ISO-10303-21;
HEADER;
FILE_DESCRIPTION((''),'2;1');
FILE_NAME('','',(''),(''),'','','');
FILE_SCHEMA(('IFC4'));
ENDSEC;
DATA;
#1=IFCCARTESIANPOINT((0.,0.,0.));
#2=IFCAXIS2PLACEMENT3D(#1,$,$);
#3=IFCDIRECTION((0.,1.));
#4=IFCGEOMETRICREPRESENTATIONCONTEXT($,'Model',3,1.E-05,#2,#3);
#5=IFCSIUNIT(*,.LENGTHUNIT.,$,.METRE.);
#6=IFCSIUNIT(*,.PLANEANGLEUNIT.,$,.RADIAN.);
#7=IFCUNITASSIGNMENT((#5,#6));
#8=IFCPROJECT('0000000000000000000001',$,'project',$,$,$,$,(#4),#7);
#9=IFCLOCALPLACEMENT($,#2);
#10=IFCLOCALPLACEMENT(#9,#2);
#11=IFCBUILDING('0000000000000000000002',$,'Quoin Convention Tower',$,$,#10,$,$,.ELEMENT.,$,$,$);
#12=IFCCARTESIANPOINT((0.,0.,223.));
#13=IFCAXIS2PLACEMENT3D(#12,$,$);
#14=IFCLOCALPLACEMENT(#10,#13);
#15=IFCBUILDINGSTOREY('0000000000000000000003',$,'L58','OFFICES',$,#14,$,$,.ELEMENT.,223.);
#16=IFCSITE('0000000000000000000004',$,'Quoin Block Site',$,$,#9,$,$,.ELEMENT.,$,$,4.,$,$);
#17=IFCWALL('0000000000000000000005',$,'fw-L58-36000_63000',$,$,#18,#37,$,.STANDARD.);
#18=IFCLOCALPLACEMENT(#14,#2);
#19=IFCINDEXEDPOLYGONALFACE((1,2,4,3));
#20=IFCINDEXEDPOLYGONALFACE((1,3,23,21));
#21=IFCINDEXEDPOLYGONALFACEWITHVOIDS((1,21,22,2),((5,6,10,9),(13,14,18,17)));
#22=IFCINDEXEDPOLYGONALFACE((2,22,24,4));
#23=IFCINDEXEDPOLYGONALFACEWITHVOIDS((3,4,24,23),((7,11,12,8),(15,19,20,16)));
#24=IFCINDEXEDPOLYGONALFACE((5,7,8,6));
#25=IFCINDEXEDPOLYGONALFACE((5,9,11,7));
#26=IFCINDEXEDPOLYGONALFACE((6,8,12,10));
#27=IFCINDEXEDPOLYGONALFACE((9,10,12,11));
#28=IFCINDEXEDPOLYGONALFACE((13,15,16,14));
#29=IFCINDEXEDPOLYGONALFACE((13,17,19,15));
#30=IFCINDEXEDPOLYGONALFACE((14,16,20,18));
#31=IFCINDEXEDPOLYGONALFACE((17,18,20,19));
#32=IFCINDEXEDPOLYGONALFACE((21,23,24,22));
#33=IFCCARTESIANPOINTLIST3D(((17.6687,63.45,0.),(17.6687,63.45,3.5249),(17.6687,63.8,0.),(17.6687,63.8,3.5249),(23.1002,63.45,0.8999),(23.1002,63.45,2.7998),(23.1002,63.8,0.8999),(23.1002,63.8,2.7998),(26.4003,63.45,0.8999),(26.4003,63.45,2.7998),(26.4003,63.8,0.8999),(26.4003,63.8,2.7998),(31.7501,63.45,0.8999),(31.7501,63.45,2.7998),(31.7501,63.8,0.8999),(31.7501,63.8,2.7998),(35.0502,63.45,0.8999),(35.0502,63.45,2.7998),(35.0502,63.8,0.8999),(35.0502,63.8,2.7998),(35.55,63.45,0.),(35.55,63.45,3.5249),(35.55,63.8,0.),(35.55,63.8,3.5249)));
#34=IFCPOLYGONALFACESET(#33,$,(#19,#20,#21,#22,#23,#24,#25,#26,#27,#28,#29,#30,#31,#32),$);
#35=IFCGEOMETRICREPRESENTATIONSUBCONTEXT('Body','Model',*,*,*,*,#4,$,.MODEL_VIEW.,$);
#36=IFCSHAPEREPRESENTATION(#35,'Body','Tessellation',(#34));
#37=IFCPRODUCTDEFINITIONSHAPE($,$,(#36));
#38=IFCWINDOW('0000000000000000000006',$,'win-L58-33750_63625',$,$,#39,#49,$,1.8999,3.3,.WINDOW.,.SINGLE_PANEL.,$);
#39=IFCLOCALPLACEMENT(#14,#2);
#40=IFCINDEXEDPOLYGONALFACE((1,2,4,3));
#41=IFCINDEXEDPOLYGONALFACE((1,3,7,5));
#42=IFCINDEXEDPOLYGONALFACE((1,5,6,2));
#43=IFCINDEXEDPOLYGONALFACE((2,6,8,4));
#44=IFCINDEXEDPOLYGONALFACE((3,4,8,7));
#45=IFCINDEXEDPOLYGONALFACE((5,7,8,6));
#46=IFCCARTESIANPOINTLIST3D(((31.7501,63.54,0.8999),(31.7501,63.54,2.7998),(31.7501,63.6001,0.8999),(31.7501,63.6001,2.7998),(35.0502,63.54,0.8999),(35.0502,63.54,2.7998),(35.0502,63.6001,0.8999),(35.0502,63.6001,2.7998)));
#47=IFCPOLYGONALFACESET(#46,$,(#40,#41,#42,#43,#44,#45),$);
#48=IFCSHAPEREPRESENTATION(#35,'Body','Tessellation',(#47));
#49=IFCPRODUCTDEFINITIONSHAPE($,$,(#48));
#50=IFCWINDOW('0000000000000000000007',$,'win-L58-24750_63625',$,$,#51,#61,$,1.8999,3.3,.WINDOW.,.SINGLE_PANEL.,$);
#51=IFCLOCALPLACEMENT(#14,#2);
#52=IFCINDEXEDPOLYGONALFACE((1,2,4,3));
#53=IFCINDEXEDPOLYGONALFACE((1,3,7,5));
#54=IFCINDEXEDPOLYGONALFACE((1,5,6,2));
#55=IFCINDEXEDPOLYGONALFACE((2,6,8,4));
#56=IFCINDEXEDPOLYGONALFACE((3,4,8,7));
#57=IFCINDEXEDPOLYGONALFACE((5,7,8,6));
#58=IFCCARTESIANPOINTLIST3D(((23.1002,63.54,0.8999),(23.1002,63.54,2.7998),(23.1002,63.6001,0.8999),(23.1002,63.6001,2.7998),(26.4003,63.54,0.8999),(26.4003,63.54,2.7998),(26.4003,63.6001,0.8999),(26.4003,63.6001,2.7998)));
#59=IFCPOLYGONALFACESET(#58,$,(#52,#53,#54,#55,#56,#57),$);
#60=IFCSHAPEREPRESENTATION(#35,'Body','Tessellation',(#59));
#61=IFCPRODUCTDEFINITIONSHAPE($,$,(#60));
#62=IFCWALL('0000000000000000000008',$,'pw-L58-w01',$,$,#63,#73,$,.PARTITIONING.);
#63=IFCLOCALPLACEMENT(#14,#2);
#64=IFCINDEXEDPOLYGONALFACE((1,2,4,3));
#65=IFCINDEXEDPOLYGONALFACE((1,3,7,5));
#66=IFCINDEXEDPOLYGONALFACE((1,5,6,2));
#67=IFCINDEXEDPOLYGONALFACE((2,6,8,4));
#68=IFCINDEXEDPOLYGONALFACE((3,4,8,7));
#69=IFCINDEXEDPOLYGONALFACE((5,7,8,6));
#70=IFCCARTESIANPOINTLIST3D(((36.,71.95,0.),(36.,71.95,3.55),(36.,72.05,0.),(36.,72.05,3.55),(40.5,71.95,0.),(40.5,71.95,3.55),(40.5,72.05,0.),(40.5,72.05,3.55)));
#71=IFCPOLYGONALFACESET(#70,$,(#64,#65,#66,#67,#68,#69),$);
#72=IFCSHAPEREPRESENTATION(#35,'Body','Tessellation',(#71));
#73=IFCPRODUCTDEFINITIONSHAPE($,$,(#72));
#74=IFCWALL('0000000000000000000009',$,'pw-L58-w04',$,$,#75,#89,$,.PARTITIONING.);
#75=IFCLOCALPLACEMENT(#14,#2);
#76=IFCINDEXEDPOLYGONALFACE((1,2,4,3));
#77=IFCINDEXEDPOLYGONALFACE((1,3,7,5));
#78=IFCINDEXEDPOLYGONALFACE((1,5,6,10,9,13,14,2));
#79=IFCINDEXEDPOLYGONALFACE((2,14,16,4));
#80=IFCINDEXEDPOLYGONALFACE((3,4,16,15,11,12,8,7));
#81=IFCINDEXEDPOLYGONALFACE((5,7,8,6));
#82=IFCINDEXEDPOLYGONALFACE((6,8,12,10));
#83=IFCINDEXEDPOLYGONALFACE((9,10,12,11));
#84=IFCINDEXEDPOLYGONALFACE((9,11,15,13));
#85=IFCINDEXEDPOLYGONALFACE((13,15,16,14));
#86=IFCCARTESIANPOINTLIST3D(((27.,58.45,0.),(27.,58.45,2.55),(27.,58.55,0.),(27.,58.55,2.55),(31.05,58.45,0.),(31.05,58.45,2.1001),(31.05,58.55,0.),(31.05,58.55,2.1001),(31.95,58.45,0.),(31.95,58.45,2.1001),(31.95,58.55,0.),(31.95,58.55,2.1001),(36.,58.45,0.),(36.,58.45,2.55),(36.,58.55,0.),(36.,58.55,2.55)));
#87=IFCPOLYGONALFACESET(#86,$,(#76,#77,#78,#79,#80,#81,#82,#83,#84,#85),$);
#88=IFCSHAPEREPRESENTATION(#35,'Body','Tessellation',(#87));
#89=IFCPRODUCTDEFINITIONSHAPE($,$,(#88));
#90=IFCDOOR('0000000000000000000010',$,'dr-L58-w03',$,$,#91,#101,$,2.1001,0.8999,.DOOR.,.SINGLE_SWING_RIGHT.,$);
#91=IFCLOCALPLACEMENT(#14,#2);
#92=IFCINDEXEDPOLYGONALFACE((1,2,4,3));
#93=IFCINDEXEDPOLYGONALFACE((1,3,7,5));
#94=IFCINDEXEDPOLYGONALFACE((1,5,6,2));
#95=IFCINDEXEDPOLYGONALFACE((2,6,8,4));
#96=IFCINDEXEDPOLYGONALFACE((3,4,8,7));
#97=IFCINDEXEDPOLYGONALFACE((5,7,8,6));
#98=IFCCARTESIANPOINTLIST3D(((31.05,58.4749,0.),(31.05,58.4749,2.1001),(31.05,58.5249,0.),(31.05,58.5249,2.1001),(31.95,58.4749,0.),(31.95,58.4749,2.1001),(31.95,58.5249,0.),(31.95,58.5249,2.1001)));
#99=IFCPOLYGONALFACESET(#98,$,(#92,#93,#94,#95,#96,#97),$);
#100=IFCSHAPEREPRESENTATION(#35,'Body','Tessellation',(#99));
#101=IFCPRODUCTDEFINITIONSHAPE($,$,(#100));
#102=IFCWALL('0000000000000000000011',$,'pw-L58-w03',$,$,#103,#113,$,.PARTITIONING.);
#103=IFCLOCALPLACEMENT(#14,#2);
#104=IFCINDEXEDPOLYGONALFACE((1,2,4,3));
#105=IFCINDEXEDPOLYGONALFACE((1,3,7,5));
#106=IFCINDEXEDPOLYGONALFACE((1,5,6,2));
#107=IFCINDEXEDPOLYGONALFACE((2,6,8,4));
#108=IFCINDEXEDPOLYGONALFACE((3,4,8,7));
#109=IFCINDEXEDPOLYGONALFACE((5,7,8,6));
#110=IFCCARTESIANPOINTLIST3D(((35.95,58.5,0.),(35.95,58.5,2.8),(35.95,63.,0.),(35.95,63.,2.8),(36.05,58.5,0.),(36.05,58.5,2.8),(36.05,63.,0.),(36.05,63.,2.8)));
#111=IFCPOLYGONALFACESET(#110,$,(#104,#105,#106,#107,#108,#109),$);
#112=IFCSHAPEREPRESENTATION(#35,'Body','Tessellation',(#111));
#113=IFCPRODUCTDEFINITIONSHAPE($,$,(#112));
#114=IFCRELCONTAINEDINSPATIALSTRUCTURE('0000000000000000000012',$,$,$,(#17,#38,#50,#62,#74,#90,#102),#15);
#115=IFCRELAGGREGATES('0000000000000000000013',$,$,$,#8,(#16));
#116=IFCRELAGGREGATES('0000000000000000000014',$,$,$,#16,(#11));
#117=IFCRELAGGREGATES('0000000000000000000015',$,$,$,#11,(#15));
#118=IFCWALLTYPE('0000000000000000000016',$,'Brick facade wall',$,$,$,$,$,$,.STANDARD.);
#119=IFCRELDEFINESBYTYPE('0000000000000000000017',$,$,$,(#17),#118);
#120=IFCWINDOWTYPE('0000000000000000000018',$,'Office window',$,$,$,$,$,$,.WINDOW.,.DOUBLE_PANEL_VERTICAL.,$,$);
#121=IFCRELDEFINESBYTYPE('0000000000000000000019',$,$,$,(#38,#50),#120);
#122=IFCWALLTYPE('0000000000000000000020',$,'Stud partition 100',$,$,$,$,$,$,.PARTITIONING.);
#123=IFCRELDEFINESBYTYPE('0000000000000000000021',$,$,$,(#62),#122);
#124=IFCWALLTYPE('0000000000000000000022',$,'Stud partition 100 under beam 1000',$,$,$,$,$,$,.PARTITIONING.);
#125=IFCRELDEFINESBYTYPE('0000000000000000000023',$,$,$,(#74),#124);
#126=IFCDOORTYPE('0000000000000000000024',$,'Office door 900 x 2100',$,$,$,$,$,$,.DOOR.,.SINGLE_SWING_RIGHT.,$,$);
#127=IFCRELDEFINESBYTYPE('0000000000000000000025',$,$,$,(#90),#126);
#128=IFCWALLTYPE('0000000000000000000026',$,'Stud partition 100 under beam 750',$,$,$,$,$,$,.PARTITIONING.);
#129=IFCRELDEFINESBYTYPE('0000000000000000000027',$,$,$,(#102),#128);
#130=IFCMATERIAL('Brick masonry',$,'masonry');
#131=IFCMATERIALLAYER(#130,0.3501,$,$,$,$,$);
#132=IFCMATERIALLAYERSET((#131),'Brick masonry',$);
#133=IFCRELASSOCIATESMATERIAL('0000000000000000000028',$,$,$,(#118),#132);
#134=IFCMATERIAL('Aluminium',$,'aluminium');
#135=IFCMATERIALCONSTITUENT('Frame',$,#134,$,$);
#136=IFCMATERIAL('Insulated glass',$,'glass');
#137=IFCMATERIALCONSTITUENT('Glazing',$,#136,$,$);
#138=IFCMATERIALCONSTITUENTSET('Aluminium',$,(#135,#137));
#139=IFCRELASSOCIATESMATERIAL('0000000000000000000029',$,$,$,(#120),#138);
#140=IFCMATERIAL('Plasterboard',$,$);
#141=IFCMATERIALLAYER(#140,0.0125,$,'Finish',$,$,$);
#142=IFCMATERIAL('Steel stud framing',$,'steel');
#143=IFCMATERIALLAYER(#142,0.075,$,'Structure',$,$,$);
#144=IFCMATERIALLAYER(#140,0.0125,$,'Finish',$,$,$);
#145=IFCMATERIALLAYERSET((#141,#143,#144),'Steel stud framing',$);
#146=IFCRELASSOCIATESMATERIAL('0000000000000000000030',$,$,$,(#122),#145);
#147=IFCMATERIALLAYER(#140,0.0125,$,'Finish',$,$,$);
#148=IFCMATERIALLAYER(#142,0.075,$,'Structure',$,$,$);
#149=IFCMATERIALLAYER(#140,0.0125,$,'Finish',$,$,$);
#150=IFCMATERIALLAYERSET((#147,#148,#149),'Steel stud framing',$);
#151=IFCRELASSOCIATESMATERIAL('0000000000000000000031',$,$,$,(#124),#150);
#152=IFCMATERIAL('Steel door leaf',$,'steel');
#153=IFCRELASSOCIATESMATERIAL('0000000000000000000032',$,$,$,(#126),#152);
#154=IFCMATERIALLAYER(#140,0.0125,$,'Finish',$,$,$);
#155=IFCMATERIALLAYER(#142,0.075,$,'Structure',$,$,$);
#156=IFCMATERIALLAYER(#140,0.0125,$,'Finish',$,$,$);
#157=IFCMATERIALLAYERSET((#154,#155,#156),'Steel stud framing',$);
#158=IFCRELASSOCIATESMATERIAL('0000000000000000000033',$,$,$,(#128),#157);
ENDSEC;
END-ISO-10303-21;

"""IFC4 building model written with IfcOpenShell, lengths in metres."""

from ifc_helpers import new_model, si_unit, direction, frame, frame_2d, origin, place, context, subcontext, project, spatial, rectangle, extrude, material, layer, layer_set, constituent, constituent_set, type_object, element, fill, save


model = new_model("IFC4")

# Units and contexts
model_context = context("Model", 3, precision=1e-05, world=origin(), true_north=direction((0.0, 1.0)))
body_context = subcontext(model_context, "Body", "Model", "MODEL_VIEW")
ifc_project = project(units=[si_unit("LENGTHUNIT", "METRE"), si_unit("PLANEANGLEUNIT", "RADIAN")], contexts=[model_context])

# Site, building, storey
site_placement = place(None, origin())
site = spatial("IfcSite", under=ifc_project, at=site_placement, Name="Quoin Block Site", CompositionType="ELEMENT", RefElevation=4.0)
building_placement = place(site_placement, origin())
building = spatial("IfcBuilding", under=site, at=building_placement, Name="Quoin Convention Tower", CompositionType="ELEMENT")
storey_placement = place(building_placement, frame((0.0, 0.0, 223.0)))
storey = spatial("IfcBuildingStorey", under=building, at=storey_placement, Name="L58", Description="OFFICES", CompositionType="ELEMENT", Elevation=223.0)

# Wall, openings, windows
ifc_material_1 = material(Name="Brick masonry", Category="masonry")
ifc_layer_1 = layer(ifc_material_1, 0.3501)
ifc_layer_set_1 = layer_set([ifc_layer_1], Name="Brick masonry")
wall_type_1 = type_object("IfcWallType", Name="Brick facade wall", PredefinedType="STANDARD", material=ifc_layer_set_1)
wall_1_placement = place(storey_placement, frame((35.55, 63.625, 0.0), z_axis=(0.0, 0.0, 1.0), x_axis=(-1.0, 0.0, 0.0)))
wall_1 = element("IfcWall", 1, at=wall_1_placement, inside=storey, type_object=wall_type_1, Name="fw-L58-36000_63000", PredefinedType="STANDARD", context=body_context, shape_type="SweptSolid", body=[
    extrude(rectangle(XDim=17.8813, YDim=0.3501, at=frame_2d((8.9407, 0.0))), origin(), (0.0, 0.0, 1.0), 3.5249),
])
opening_1_placement = place(wall_1_placement, frame((0.5, 0.0, 0.8999)))
opening_1 = element("IfcOpeningElement", 2, at=opening_1_placement, cuts=wall_1, PredefinedType="OPENING", context=body_context, shape_type="SweptSolid", body=[
    extrude(rectangle(XDim=3.3, YDim=1.8999, at=frame_2d((1.6499, 0.95))), frame((0.0, 0.1851, 0.0), z_axis=(0.0, -1.0, 0.0), x_axis=(1.0, 0.0, 0.0)), (0.0, 0.0, 1.0), 0.3701),
])
opening_2_placement = place(wall_1_placement, frame((9.1499, 0.0, 0.8999)))
opening_2 = element("IfcOpeningElement", 3, at=opening_2_placement, cuts=wall_1, PredefinedType="OPENING", context=body_context, shape_type="SweptSolid", body=[
    extrude(rectangle(XDim=3.3, YDim=1.8999, at=frame_2d((1.6499, 0.95))), frame((0.0, 0.1851, 0.0), z_axis=(0.0, -1.0, 0.0), x_axis=(1.0, 0.0, 0.0)), (0.0, 0.0, 1.0), 0.3701),
])
ifc_material_2 = material(Name="Aluminium", Category="aluminium")
ifc_constituent_1 = constituent(ifc_material_2, Name="Frame")
ifc_material_3 = material(Name="Insulated glass", Category="glass")
ifc_constituent_2 = constituent(ifc_material_3, Name="Glazing")
ifc_constituent_set = constituent_set(constituents=[ifc_constituent_1, ifc_constituent_2], Name="Aluminium")
window_type = type_object("IfcWindowType", Name="Office window", PartitioningType="DOUBLE_PANEL_VERTICAL", PredefinedType="WINDOW", material=ifc_constituent_set)
window_1_placement = place(opening_1_placement, origin())
window_1 = element("IfcWindow", 4, at=window_1_placement, inside=storey, type_object=window_type, Name="win-L58-33750_63625", OverallHeight=1.8999, OverallWidth=3.3, PartitioningType="SINGLE_PANEL", PredefinedType="WINDOW", context=body_context, shape_type="SweptSolid", body=[
    extrude(rectangle(XDim=3.3, YDim=1.8999, at=frame_2d((1.6499, 0.95))), frame((0.0, 0.085, 0.0), z_axis=(0.0, -1.0, 0.0), x_axis=(1.0, 0.0, 0.0)), (0.0, 0.0, 1.0), 0.0601),
])
fill(opening_1, window_1)
window_2_placement = place(opening_2_placement, origin())
window_2 = element("IfcWindow", 5, at=window_2_placement, inside=storey, type_object=window_type, Name="win-L58-24750_63625", OverallHeight=1.8999, OverallWidth=3.3, PartitioningType="SINGLE_PANEL", PredefinedType="WINDOW", context=body_context, shape_type="SweptSolid", body=[
    extrude(rectangle(XDim=3.3, YDim=1.8999, at=frame_2d((1.6499, 0.95))), frame((0.0, 0.085, 0.0), z_axis=(0.0, -1.0, 0.0), x_axis=(1.0, 0.0, 0.0)), (0.0, 0.0, 1.0), 0.0601),
])
fill(opening_2, window_2)

# Wall
ifc_material_4 = material(Name="Plasterboard")
ifc_layer_2 = layer(ifc_material_4, 0.0125, Name="Finish")
ifc_material_5 = material(Name="Steel stud framing", Category="steel")
ifc_layer_3 = layer(ifc_material_5, 0.075, Name="Structure")
ifc_layer_4 = layer(ifc_material_4, 0.0125, Name="Finish")
ifc_layer_set_2 = layer_set([ifc_layer_2, ifc_layer_3, ifc_layer_4], Name="Steel stud framing")
wall_type_2 = type_object("IfcWallType", Name="Stud partition 100", PredefinedType="PARTITIONING", material=ifc_layer_set_2)
wall_2_placement = place(storey_placement, frame((36.0, 72.0, 0.0), z_axis=(0.0, 0.0, 1.0), x_axis=(1.0, 0.0, 0.0)))
element("IfcWall", 6, at=wall_2_placement, inside=storey, type_object=wall_type_2, Name="pw-L58-w01", PredefinedType="PARTITIONING", context=body_context, shape_type="SweptSolid", body=[
    extrude(rectangle(XDim=4.5, YDim=0.1001, at=frame_2d((2.25, 0.0))), origin(), (0.0, 0.0, 1.0), 3.55),
])

# Wall, opening, door
ifc_layer_5 = layer(ifc_material_4, 0.0125, Name="Finish")
ifc_layer_6 = layer(ifc_material_5, 0.075, Name="Structure")
ifc_layer_7 = layer(ifc_material_4, 0.0125, Name="Finish")
ifc_layer_set_3 = layer_set([ifc_layer_5, ifc_layer_6, ifc_layer_7], Name="Steel stud framing")
wall_type_3 = type_object("IfcWallType", Name="Stud partition 100 under beam 1000", PredefinedType="PARTITIONING", material=ifc_layer_set_3)
wall_3_placement = place(storey_placement, frame((36.0, 58.5, 0.0), z_axis=(0.0, 0.0, 1.0), x_axis=(-1.0, 0.0, 0.0)))
wall_3 = element("IfcWall", 7, at=wall_3_placement, inside=storey, type_object=wall_type_3, Name="pw-L58-w04", PredefinedType="PARTITIONING", context=body_context, shape_type="SweptSolid", body=[
    extrude(rectangle(XDim=9.0, YDim=0.1001, at=frame_2d((4.5, 0.0))), origin(), (0.0, 0.0, 1.0), 2.55),
])
opening_3_placement = place(wall_3_placement, frame((4.05, 0.0, 0.0)))
opening_3 = element("IfcOpeningElement", 8, at=opening_3_placement, cuts=wall_3, PredefinedType="OPENING", context=body_context, shape_type="SweptSolid", body=[
    extrude(rectangle(XDim=0.8999, YDim=2.1001, at=frame_2d((0.45, 1.05))), frame((0.0, 0.0601, 0.0), z_axis=(0.0, -1.0, 0.0), x_axis=(1.0, 0.0, 0.0)), (0.0, 0.0, 1.0), 0.1201),
])
ifc_material_6 = material(Name="Steel door leaf", Category="steel")
door_type = type_object("IfcDoorType", Name="Office door 900 x 2100", OperationType="SINGLE_SWING_RIGHT", PredefinedType="DOOR", material=ifc_material_6)
door_placement = place(opening_3_placement, frame((0.8999, 0.0, 0.0), z_axis=(0.0, 0.0, 1.0), x_axis=(-1.0, 0.0, 0.0)))
door = element("IfcDoor", 9, at=door_placement, inside=storey, type_object=door_type, Name="dr-L58-w03", OperationType="SINGLE_SWING_RIGHT", OverallHeight=2.1001, OverallWidth=0.8999, PredefinedType="DOOR", context=body_context, shape_type="SweptSolid", body=[
    extrude(rectangle(XDim=0.8999, YDim=2.1001, at=frame_2d((0.45, 1.05))), frame((0.0, 0.0249, 0.0), z_axis=(0.0, -1.0, 0.0), x_axis=(1.0, 0.0, 0.0)), (0.0, 0.0, 1.0), 0.05),
])
fill(opening_3, door)

# Wall
ifc_layer_8 = layer(ifc_material_4, 0.0125, Name="Finish")
ifc_layer_9 = layer(ifc_material_5, 0.075, Name="Structure")
ifc_layer_10 = layer(ifc_material_4, 0.0125, Name="Finish")
ifc_layer_set_4 = layer_set([ifc_layer_8, ifc_layer_9, ifc_layer_10], Name="Steel stud framing")
wall_type_4 = type_object("IfcWallType", Name="Stud partition 100 under beam 750", PredefinedType="PARTITIONING", material=ifc_layer_set_4)
wall_4_placement = place(storey_placement, frame((36.0, 63.0, 0.0), z_axis=(0.0, 0.0, 1.0), x_axis=(0.0, -1.0, 0.0)))
element("IfcWall", 10, at=wall_4_placement, inside=storey, type_object=wall_type_4, Name="pw-L58-w03", PredefinedType="PARTITIONING", context=body_context, shape_type="SweptSolid", body=[
    extrude(rectangle(XDim=4.5, YDim=0.1001, at=frame_2d((2.25, 0.0))), origin(), (0.0, 0.0, 1.0), 2.8),
])

save(model, "model.ifc")
